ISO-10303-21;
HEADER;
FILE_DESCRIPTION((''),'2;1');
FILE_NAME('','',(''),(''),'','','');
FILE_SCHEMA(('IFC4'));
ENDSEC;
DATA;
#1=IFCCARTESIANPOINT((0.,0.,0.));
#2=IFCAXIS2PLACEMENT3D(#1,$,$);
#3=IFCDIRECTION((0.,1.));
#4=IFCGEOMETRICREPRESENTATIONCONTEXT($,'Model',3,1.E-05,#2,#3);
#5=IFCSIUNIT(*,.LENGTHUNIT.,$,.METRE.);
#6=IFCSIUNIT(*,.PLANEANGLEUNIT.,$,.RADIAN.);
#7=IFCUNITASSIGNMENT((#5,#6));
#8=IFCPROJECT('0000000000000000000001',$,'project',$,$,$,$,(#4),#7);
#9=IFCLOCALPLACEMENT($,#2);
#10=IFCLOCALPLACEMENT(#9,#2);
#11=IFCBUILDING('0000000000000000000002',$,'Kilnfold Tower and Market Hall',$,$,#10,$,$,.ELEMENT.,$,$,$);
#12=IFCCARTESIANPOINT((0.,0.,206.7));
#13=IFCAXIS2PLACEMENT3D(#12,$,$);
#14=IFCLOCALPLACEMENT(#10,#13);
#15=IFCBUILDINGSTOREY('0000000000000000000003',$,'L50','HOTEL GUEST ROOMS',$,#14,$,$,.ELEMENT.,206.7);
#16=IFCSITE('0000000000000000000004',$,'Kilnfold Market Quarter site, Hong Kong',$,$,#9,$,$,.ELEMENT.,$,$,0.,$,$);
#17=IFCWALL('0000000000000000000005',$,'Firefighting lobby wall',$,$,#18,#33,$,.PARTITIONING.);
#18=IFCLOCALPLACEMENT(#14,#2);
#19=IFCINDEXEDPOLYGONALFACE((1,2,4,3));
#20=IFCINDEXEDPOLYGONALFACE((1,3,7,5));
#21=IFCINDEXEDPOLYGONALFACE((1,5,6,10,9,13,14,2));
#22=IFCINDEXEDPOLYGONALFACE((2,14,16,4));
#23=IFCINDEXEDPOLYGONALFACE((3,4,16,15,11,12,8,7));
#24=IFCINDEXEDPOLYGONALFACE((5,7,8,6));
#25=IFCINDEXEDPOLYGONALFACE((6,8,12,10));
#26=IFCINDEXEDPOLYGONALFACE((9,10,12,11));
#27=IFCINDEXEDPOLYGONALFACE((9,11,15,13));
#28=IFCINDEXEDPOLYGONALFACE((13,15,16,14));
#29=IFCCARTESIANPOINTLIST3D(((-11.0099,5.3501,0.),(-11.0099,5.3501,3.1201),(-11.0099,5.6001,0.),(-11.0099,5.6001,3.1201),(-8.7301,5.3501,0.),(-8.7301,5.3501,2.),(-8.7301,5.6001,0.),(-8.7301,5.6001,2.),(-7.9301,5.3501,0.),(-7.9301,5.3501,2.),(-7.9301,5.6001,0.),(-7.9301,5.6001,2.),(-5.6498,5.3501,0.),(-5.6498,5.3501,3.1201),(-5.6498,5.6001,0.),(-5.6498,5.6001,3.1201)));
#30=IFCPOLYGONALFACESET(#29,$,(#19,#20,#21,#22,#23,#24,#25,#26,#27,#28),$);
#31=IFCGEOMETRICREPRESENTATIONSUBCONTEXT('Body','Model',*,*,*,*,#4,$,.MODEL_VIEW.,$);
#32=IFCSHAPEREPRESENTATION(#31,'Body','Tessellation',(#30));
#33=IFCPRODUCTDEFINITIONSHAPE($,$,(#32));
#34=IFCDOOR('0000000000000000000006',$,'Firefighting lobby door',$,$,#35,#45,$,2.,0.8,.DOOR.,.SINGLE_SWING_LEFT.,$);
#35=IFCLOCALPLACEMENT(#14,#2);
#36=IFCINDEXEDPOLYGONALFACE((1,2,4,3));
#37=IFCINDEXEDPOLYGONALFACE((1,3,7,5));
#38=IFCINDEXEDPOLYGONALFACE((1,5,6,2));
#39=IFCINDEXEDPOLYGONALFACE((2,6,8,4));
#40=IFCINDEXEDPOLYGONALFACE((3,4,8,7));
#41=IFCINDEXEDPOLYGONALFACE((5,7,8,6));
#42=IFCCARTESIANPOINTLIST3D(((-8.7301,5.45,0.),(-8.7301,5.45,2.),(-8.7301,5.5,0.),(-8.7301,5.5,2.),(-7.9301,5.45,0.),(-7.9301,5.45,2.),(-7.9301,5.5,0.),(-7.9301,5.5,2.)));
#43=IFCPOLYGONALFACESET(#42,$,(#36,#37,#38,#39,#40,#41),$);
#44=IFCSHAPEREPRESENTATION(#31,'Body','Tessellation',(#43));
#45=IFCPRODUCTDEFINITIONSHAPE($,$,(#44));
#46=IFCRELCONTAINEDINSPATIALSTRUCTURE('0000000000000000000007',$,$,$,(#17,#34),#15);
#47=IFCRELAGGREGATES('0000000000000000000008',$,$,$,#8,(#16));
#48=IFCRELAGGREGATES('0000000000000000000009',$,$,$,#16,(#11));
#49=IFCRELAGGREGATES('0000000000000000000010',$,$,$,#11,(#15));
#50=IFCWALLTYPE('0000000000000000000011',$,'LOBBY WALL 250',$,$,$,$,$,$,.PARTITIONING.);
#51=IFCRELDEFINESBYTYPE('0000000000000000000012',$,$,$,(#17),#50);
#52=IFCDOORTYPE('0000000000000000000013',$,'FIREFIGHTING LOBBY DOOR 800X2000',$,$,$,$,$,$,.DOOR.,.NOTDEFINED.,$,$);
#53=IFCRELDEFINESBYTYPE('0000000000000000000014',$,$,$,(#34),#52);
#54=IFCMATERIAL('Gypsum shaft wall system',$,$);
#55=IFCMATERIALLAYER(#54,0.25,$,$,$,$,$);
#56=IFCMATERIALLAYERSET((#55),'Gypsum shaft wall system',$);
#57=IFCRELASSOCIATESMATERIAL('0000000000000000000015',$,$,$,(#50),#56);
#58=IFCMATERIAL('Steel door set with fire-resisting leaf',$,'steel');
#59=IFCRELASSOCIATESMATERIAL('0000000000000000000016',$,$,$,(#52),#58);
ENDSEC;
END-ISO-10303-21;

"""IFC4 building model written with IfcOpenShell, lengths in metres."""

from ifc_helpers import new_model, si_unit, direction, frame, frame_2d, origin, place, context, subcontext, project, spatial, rectangle, extrude, source, transform, mapped, material, layer, layer_set, type_object, element, fill, save


model = new_model("IFC4")

# Units and contexts
model_context = context("Model", 3, precision=1e-05, world=origin(), true_north=direction((0.0, 1.0)))
body_context = subcontext(model_context, "Body", "Model", "MODEL_VIEW")
ifc_project = project(units=[si_unit("LENGTHUNIT", "METRE"), si_unit("PLANEANGLEUNIT", "RADIAN")], contexts=[model_context])

# Site, building, storey
site_placement = place(None, origin())
site = spatial("IfcSite", under=ifc_project, at=site_placement, Name="Kilnfold Market Quarter site, Hong Kong", CompositionType="ELEMENT", RefElevation=0.0)
building_placement = place(site_placement, origin())
building = spatial("IfcBuilding", under=site, at=building_placement, Name="Kilnfold Tower and Market Hall", CompositionType="ELEMENT")
storey_placement = place(building_placement, frame((0.0, 0.0, 206.7)))
storey = spatial("IfcBuildingStorey", under=building, at=storey_placement, Name="L50", Description="HOTEL GUEST ROOMS", CompositionType="ELEMENT", Elevation=206.7)

# Shared definitions
ifc_material_1 = material(Name="Gypsum shaft wall system")
ifc_layer_1 = layer(ifc_material_1, 0.25)
ifc_layer_set_1 = layer_set([ifc_layer_1], Name="Gypsum shaft wall system")
wall_type_1 = type_object("IfcWallType", Name="LOBBY WALL 250", PredefinedType="PARTITIONING", material=ifc_layer_set_1)

# Wall, opening, door
shared_shape_1 = source(origin(), body_context, "Body", "SweptSolid", [
    extrude(rectangle(XDim=5.3601, YDim=0.25, at=frame_2d((2.6802, 0.0))), origin(), (0.0, 0.0, 1.0), 3.1201),
])
wall_1_placement = place(storey_placement, frame((-11.01, 5.4751, 0.0), z_axis=(0.0, 0.0, 1.0), x_axis=(1.0, 0.0, 0.0)))
wall_1 = element("IfcWall", 1, at=wall_1_placement, inside=storey, type_object=wall_type_1, Name="Firefighting lobby wall", PredefinedType="PARTITIONING", context=body_context, shape_type="MappedRepresentation", body=[
    mapped(shared_shape_1, transform((0.0, 0.0, 0.0))),
])
opening_1_placement = place(wall_1_placement, frame((2.28, 0.0, 0.0)))
opening_1 = element("IfcOpeningElement", 2, at=opening_1_placement, cuts=wall_1, PredefinedType="OPENING", context=body_context, shape_type="SweptSolid", body=[
    extrude(rectangle(XDim=0.8, YDim=2.0, at=frame_2d((0.3999, 1.0))), frame((0.0, 0.135, 0.0), z_axis=(0.0, -1.0, 0.0), x_axis=(1.0, 0.0, 0.0)), (0.0, 0.0, 1.0), 0.27),
])
ifc_material_2 = material(Name="Steel door set with fire-resisting leaf", Category="steel")
door_type_1 = type_object("IfcDoorType", Name="FIREFIGHTING LOBBY DOOR 800X2000", OperationType="NOTDEFINED", PredefinedType="DOOR", material=ifc_material_2)
door_1_placement = place(opening_1_placement, origin())
door_1 = element("IfcDoor", 3, at=door_1_placement, inside=storey, type_object=door_type_1, Name="Firefighting lobby door", OperationType="SINGLE_SWING_LEFT", OverallHeight=2.0, OverallWidth=0.8, PredefinedType="DOOR", context=body_context, shape_type="SweptSolid", body=[
    extrude(rectangle(XDim=0.8, YDim=2.0, at=frame_2d((0.3999, 1.0))), frame((0.0, 0.0249, 0.0), z_axis=(0.0, -1.0, 0.0), x_axis=(1.0, 0.0, 0.0)), (0.0, 0.0, 1.0), 0.05),
])
fill(opening_1, door_1)

save(model, "model.ifc")
